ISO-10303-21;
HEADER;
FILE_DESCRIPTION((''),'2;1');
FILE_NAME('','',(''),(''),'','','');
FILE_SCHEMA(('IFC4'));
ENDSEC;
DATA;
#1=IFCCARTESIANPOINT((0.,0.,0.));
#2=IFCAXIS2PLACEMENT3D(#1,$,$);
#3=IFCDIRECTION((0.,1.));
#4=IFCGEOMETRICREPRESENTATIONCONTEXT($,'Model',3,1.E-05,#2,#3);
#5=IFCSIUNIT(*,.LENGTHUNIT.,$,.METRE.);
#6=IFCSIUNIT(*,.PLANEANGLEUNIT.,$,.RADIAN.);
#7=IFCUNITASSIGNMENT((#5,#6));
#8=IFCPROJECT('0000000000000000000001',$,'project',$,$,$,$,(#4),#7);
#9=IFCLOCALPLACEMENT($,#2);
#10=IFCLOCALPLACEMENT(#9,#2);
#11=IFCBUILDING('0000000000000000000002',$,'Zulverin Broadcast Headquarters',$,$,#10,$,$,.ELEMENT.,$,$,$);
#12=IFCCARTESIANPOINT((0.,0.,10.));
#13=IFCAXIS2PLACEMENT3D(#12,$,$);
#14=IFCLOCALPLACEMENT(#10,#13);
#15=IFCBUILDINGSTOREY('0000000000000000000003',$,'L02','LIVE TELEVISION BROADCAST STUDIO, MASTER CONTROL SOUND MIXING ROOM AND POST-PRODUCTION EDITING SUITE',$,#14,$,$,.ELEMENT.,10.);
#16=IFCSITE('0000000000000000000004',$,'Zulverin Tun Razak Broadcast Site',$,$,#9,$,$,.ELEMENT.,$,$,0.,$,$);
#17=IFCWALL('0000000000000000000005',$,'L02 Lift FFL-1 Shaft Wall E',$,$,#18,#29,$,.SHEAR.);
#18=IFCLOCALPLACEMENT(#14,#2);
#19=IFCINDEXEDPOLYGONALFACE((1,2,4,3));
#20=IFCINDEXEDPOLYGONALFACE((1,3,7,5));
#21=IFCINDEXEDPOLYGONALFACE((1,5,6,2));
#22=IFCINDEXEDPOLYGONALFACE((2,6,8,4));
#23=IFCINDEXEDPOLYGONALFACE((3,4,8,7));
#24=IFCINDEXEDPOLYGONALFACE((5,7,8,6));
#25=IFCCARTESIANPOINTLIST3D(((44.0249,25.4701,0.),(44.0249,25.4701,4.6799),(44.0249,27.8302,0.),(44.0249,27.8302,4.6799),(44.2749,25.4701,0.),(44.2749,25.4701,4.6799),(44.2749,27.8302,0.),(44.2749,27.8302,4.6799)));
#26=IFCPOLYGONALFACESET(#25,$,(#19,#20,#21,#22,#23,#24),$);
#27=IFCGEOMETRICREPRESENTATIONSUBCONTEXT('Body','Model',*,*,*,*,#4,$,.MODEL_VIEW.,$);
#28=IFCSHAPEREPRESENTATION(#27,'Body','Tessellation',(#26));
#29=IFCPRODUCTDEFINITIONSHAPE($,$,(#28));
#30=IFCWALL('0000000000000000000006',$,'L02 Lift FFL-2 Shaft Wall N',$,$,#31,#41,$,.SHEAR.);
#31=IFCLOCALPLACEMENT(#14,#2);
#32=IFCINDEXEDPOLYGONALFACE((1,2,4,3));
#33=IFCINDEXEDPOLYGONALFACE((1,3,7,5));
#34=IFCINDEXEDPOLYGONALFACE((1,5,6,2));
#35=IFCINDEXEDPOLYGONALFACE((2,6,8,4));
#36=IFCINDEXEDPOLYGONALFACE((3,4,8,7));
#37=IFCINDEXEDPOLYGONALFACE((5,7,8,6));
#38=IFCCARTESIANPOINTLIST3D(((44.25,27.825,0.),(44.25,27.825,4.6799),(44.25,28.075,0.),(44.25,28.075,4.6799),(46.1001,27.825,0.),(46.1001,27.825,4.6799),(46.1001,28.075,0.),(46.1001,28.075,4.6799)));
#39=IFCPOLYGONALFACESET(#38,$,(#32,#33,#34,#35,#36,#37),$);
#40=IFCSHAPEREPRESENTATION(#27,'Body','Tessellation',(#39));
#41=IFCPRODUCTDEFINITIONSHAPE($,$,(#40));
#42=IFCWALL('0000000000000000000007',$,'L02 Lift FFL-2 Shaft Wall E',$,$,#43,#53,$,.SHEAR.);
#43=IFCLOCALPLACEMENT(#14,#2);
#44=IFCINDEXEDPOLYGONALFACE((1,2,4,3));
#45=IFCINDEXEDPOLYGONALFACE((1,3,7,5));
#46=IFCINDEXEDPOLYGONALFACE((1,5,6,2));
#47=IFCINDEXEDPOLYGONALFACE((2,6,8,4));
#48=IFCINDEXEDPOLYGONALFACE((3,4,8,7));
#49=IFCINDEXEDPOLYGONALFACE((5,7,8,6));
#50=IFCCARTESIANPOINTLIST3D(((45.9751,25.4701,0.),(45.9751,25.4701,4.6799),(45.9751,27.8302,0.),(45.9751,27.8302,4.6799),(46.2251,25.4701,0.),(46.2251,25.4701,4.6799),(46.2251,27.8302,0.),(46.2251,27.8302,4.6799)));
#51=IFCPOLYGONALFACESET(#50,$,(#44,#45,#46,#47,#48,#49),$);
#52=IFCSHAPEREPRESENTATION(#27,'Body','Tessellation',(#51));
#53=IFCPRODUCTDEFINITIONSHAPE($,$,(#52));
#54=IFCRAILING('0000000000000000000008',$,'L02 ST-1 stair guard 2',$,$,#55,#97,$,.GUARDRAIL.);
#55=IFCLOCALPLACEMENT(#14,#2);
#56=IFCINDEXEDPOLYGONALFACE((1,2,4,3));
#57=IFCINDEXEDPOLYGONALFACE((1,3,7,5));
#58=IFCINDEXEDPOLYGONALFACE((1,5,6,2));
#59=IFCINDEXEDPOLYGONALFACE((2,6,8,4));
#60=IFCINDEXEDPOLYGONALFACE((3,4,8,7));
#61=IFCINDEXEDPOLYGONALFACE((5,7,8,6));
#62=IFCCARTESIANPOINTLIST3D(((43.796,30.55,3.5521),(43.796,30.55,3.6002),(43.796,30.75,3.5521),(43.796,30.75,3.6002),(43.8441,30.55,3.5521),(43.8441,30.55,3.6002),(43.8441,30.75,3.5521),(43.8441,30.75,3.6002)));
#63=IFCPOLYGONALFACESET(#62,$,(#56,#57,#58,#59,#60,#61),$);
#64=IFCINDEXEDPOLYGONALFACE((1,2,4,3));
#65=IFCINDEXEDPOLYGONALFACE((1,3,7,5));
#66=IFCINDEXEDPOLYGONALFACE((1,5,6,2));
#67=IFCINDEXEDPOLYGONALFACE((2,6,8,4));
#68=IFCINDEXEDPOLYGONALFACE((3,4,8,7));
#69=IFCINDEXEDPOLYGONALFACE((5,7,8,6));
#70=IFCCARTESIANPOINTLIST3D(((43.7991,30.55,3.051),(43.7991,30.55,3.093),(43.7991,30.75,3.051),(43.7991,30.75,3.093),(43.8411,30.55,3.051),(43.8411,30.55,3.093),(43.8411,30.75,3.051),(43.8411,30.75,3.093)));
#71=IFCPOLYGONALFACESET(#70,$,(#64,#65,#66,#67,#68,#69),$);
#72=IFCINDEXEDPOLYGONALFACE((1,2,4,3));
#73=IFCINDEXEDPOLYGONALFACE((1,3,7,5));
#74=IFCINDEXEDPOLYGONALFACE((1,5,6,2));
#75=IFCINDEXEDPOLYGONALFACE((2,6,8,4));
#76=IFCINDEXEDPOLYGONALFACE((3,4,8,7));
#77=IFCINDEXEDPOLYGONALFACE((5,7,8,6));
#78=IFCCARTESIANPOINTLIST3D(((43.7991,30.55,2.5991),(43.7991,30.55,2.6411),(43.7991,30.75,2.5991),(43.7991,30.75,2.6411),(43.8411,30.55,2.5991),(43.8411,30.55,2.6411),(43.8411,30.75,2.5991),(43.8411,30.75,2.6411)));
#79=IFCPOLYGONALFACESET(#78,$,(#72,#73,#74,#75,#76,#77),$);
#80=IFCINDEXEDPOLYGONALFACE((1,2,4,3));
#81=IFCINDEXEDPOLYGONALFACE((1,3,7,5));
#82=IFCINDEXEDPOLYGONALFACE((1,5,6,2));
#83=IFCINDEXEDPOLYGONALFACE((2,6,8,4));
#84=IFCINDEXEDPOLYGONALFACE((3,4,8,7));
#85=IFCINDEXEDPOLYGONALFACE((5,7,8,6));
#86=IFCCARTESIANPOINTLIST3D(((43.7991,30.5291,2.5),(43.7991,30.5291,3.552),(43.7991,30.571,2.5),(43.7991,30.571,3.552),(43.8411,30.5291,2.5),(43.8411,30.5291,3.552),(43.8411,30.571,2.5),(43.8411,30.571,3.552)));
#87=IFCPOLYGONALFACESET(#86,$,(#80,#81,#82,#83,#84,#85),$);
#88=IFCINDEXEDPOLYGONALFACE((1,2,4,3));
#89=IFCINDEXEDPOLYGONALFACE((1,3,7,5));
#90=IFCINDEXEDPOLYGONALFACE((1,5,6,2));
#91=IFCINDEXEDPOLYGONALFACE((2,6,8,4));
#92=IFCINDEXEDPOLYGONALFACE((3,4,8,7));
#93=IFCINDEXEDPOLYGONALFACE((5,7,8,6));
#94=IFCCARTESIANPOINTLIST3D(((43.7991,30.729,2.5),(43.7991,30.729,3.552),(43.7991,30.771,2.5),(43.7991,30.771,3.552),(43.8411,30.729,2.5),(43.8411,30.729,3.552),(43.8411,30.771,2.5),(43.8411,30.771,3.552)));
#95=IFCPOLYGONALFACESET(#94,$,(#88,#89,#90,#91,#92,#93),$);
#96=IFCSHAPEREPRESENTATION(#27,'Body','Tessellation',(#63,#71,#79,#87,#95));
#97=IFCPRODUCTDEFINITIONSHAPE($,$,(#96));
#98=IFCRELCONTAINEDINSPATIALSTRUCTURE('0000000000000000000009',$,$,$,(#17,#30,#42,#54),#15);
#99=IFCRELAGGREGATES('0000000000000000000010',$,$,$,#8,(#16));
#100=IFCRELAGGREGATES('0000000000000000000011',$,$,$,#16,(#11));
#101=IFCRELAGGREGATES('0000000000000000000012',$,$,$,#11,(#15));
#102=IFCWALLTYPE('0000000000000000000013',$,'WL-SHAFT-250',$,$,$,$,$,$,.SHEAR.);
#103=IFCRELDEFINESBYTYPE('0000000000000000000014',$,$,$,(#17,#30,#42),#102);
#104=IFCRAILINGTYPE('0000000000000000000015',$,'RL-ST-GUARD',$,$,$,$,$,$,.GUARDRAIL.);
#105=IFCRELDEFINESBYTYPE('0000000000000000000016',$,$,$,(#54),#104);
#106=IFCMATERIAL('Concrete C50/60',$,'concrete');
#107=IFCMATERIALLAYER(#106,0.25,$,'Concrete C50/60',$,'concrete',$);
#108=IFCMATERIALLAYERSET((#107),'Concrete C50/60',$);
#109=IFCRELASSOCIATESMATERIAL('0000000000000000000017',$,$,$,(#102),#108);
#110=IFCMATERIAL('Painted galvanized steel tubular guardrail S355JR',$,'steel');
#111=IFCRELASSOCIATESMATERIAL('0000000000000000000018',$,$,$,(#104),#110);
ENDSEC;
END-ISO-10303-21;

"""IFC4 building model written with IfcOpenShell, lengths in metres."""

from ifc_helpers import new_model, si_unit, direction, frame, frame_2d, origin, origin_2d, place, context, subcontext, project, spatial, rectangle, extrude, material, layer, layer_set, type_object, element, save


model = new_model("IFC4")

# Units and contexts
model_context = context("Model", 3, precision=1e-05, world=origin(), true_north=direction((0.0, 1.0)))
body_context = subcontext(model_context, "Body", "Model", "MODEL_VIEW")
ifc_project = project(units=[si_unit("LENGTHUNIT", "METRE"), si_unit("PLANEANGLEUNIT", "RADIAN")], contexts=[model_context])

# Site, building, storey
site_placement = place(None, origin())
site = spatial("IfcSite", under=ifc_project, at=site_placement, Name="Zulverin Tun Razak Broadcast Site", CompositionType="ELEMENT", RefElevation=0.0)
building_placement = place(site_placement, origin())
building = spatial("IfcBuilding", under=site, at=building_placement, Name="Zulverin Broadcast Headquarters", CompositionType="ELEMENT")
storey_placement = place(building_placement, frame((0.0, 0.0, 10.0)))
storey = spatial("IfcBuildingStorey", under=building, at=storey_placement, Name="L02", Description="LIVE TELEVISION BROADCAST STUDIO, MASTER CONTROL SOUND MIXING ROOM AND POST-PRODUCTION EDITING SUITE", CompositionType="ELEMENT", Elevation=10.0)

# Shared definitions
ifc_material_1 = material(Name="Concrete C50/60", Category="concrete")
ifc_layer_1 = layer(ifc_material_1, 0.25, Name="Concrete C50/60", Category="concrete")
ifc_layer_set_1 = layer_set([ifc_layer_1], Name="Concrete C50/60")
wall_type_1 = type_object("IfcWallType", Name="WL-SHAFT-250", PredefinedType="SHEAR", material=ifc_layer_set_1)

# Wall
wall_1_placement = place(storey_placement, frame((44.1499, 25.47, 0.0), z_axis=(0.0, 0.0, 1.0), x_axis=(0.0, 1.0, 0.0)))
element("IfcWall", 1, at=wall_1_placement, inside=storey, type_object=wall_type_1, Name="L02 Lift FFL-1 Shaft Wall E", PredefinedType="SHEAR", context=body_context, shape_type="SweptSolid", body=[
    extrude(rectangle(XDim=2.3601, YDim=0.25, at=frame_2d((1.1802, 0.0))), origin(), (0.0, 0.0, 1.0), 4.6799),
])

# Walls
wall_2_placement = place(storey_placement, frame((44.25, 27.95, 0.0), z_axis=(0.0, 0.0, 1.0), x_axis=(1.0, 0.0, 0.0)))
element("IfcWall", 2, at=wall_2_placement, inside=storey, type_object=wall_type_1, Name="L02 Lift FFL-2 Shaft Wall N", PredefinedType="SHEAR", context=body_context, shape_type="SweptSolid", body=[
    extrude(rectangle(XDim=1.8501, YDim=0.25, at=frame_2d((0.925, 0.0))), origin(), (0.0, 0.0, 1.0), 4.6799),
])
wall_3_placement = place(storey_placement, frame((46.1001, 25.47, 0.0), z_axis=(0.0, 0.0, 1.0), x_axis=(0.0, 1.0, 0.0)))
element("IfcWall", 3, at=wall_3_placement, inside=storey, type_object=wall_type_1, Name="L02 Lift FFL-2 Shaft Wall E", PredefinedType="SHEAR", context=body_context, shape_type="SweptSolid", body=[
    extrude(rectangle(XDim=2.3601, YDim=0.25, at=frame_2d((1.1802, 0.0))), origin(), (0.0, 0.0, 1.0), 4.6799),
])

# Railing
ifc_material_2 = material(Name="Painted galvanized steel tubular guardrail S355JR", Category="steel")
railing_type = type_object("IfcRailingType", Name="RL-ST-GUARD", PredefinedType="GUARDRAIL", material=ifc_material_2)
railing_placement = place(storey_placement, frame((43.8201, 30.55, 2.5)))
element("IfcRailing", 4, at=railing_placement, inside=storey, type_object=railing_type, Name="L02 ST-1 stair guard 2", PredefinedType="GUARDRAIL", context=body_context, shape_type="SweptSolid", body=[
    extrude(rectangle(XDim=0.0481, YDim=0.0481, at=origin_2d()), frame((0.0, 0.0, 1.0762), z_axis=(0.0, 1.0, 0.0), x_axis=(-1.0, 0.0, 0.0)), (0.0, 0.0, 1.0), 0.2),
    extrude(rectangle(XDim=0.042, YDim=0.042, at=origin_2d()), frame((0.0, 0.0, 0.572), z_axis=(0.0, 1.0, 0.0), x_axis=(-1.0, 0.0, 0.0)), (0.0, 0.0, 1.0), 0.2),
    extrude(rectangle(XDim=0.042, YDim=0.042, at=origin_2d()), frame((0.0, 0.0, 0.1201), z_axis=(0.0, 1.0, 0.0), x_axis=(-1.0, 0.0, 0.0)), (0.0, 0.0, 1.0), 0.2),
    extrude(rectangle(XDim=0.042, YDim=0.042, at=origin_2d()), origin(), (0.0, 0.0, 1.0), 1.052),
    extrude(rectangle(XDim=0.042, YDim=0.042, at=origin_2d()), frame((0.0, 0.2, 0.0)), (0.0, 0.0, 1.0), 1.052),
])

save(model, "model.ifc")
